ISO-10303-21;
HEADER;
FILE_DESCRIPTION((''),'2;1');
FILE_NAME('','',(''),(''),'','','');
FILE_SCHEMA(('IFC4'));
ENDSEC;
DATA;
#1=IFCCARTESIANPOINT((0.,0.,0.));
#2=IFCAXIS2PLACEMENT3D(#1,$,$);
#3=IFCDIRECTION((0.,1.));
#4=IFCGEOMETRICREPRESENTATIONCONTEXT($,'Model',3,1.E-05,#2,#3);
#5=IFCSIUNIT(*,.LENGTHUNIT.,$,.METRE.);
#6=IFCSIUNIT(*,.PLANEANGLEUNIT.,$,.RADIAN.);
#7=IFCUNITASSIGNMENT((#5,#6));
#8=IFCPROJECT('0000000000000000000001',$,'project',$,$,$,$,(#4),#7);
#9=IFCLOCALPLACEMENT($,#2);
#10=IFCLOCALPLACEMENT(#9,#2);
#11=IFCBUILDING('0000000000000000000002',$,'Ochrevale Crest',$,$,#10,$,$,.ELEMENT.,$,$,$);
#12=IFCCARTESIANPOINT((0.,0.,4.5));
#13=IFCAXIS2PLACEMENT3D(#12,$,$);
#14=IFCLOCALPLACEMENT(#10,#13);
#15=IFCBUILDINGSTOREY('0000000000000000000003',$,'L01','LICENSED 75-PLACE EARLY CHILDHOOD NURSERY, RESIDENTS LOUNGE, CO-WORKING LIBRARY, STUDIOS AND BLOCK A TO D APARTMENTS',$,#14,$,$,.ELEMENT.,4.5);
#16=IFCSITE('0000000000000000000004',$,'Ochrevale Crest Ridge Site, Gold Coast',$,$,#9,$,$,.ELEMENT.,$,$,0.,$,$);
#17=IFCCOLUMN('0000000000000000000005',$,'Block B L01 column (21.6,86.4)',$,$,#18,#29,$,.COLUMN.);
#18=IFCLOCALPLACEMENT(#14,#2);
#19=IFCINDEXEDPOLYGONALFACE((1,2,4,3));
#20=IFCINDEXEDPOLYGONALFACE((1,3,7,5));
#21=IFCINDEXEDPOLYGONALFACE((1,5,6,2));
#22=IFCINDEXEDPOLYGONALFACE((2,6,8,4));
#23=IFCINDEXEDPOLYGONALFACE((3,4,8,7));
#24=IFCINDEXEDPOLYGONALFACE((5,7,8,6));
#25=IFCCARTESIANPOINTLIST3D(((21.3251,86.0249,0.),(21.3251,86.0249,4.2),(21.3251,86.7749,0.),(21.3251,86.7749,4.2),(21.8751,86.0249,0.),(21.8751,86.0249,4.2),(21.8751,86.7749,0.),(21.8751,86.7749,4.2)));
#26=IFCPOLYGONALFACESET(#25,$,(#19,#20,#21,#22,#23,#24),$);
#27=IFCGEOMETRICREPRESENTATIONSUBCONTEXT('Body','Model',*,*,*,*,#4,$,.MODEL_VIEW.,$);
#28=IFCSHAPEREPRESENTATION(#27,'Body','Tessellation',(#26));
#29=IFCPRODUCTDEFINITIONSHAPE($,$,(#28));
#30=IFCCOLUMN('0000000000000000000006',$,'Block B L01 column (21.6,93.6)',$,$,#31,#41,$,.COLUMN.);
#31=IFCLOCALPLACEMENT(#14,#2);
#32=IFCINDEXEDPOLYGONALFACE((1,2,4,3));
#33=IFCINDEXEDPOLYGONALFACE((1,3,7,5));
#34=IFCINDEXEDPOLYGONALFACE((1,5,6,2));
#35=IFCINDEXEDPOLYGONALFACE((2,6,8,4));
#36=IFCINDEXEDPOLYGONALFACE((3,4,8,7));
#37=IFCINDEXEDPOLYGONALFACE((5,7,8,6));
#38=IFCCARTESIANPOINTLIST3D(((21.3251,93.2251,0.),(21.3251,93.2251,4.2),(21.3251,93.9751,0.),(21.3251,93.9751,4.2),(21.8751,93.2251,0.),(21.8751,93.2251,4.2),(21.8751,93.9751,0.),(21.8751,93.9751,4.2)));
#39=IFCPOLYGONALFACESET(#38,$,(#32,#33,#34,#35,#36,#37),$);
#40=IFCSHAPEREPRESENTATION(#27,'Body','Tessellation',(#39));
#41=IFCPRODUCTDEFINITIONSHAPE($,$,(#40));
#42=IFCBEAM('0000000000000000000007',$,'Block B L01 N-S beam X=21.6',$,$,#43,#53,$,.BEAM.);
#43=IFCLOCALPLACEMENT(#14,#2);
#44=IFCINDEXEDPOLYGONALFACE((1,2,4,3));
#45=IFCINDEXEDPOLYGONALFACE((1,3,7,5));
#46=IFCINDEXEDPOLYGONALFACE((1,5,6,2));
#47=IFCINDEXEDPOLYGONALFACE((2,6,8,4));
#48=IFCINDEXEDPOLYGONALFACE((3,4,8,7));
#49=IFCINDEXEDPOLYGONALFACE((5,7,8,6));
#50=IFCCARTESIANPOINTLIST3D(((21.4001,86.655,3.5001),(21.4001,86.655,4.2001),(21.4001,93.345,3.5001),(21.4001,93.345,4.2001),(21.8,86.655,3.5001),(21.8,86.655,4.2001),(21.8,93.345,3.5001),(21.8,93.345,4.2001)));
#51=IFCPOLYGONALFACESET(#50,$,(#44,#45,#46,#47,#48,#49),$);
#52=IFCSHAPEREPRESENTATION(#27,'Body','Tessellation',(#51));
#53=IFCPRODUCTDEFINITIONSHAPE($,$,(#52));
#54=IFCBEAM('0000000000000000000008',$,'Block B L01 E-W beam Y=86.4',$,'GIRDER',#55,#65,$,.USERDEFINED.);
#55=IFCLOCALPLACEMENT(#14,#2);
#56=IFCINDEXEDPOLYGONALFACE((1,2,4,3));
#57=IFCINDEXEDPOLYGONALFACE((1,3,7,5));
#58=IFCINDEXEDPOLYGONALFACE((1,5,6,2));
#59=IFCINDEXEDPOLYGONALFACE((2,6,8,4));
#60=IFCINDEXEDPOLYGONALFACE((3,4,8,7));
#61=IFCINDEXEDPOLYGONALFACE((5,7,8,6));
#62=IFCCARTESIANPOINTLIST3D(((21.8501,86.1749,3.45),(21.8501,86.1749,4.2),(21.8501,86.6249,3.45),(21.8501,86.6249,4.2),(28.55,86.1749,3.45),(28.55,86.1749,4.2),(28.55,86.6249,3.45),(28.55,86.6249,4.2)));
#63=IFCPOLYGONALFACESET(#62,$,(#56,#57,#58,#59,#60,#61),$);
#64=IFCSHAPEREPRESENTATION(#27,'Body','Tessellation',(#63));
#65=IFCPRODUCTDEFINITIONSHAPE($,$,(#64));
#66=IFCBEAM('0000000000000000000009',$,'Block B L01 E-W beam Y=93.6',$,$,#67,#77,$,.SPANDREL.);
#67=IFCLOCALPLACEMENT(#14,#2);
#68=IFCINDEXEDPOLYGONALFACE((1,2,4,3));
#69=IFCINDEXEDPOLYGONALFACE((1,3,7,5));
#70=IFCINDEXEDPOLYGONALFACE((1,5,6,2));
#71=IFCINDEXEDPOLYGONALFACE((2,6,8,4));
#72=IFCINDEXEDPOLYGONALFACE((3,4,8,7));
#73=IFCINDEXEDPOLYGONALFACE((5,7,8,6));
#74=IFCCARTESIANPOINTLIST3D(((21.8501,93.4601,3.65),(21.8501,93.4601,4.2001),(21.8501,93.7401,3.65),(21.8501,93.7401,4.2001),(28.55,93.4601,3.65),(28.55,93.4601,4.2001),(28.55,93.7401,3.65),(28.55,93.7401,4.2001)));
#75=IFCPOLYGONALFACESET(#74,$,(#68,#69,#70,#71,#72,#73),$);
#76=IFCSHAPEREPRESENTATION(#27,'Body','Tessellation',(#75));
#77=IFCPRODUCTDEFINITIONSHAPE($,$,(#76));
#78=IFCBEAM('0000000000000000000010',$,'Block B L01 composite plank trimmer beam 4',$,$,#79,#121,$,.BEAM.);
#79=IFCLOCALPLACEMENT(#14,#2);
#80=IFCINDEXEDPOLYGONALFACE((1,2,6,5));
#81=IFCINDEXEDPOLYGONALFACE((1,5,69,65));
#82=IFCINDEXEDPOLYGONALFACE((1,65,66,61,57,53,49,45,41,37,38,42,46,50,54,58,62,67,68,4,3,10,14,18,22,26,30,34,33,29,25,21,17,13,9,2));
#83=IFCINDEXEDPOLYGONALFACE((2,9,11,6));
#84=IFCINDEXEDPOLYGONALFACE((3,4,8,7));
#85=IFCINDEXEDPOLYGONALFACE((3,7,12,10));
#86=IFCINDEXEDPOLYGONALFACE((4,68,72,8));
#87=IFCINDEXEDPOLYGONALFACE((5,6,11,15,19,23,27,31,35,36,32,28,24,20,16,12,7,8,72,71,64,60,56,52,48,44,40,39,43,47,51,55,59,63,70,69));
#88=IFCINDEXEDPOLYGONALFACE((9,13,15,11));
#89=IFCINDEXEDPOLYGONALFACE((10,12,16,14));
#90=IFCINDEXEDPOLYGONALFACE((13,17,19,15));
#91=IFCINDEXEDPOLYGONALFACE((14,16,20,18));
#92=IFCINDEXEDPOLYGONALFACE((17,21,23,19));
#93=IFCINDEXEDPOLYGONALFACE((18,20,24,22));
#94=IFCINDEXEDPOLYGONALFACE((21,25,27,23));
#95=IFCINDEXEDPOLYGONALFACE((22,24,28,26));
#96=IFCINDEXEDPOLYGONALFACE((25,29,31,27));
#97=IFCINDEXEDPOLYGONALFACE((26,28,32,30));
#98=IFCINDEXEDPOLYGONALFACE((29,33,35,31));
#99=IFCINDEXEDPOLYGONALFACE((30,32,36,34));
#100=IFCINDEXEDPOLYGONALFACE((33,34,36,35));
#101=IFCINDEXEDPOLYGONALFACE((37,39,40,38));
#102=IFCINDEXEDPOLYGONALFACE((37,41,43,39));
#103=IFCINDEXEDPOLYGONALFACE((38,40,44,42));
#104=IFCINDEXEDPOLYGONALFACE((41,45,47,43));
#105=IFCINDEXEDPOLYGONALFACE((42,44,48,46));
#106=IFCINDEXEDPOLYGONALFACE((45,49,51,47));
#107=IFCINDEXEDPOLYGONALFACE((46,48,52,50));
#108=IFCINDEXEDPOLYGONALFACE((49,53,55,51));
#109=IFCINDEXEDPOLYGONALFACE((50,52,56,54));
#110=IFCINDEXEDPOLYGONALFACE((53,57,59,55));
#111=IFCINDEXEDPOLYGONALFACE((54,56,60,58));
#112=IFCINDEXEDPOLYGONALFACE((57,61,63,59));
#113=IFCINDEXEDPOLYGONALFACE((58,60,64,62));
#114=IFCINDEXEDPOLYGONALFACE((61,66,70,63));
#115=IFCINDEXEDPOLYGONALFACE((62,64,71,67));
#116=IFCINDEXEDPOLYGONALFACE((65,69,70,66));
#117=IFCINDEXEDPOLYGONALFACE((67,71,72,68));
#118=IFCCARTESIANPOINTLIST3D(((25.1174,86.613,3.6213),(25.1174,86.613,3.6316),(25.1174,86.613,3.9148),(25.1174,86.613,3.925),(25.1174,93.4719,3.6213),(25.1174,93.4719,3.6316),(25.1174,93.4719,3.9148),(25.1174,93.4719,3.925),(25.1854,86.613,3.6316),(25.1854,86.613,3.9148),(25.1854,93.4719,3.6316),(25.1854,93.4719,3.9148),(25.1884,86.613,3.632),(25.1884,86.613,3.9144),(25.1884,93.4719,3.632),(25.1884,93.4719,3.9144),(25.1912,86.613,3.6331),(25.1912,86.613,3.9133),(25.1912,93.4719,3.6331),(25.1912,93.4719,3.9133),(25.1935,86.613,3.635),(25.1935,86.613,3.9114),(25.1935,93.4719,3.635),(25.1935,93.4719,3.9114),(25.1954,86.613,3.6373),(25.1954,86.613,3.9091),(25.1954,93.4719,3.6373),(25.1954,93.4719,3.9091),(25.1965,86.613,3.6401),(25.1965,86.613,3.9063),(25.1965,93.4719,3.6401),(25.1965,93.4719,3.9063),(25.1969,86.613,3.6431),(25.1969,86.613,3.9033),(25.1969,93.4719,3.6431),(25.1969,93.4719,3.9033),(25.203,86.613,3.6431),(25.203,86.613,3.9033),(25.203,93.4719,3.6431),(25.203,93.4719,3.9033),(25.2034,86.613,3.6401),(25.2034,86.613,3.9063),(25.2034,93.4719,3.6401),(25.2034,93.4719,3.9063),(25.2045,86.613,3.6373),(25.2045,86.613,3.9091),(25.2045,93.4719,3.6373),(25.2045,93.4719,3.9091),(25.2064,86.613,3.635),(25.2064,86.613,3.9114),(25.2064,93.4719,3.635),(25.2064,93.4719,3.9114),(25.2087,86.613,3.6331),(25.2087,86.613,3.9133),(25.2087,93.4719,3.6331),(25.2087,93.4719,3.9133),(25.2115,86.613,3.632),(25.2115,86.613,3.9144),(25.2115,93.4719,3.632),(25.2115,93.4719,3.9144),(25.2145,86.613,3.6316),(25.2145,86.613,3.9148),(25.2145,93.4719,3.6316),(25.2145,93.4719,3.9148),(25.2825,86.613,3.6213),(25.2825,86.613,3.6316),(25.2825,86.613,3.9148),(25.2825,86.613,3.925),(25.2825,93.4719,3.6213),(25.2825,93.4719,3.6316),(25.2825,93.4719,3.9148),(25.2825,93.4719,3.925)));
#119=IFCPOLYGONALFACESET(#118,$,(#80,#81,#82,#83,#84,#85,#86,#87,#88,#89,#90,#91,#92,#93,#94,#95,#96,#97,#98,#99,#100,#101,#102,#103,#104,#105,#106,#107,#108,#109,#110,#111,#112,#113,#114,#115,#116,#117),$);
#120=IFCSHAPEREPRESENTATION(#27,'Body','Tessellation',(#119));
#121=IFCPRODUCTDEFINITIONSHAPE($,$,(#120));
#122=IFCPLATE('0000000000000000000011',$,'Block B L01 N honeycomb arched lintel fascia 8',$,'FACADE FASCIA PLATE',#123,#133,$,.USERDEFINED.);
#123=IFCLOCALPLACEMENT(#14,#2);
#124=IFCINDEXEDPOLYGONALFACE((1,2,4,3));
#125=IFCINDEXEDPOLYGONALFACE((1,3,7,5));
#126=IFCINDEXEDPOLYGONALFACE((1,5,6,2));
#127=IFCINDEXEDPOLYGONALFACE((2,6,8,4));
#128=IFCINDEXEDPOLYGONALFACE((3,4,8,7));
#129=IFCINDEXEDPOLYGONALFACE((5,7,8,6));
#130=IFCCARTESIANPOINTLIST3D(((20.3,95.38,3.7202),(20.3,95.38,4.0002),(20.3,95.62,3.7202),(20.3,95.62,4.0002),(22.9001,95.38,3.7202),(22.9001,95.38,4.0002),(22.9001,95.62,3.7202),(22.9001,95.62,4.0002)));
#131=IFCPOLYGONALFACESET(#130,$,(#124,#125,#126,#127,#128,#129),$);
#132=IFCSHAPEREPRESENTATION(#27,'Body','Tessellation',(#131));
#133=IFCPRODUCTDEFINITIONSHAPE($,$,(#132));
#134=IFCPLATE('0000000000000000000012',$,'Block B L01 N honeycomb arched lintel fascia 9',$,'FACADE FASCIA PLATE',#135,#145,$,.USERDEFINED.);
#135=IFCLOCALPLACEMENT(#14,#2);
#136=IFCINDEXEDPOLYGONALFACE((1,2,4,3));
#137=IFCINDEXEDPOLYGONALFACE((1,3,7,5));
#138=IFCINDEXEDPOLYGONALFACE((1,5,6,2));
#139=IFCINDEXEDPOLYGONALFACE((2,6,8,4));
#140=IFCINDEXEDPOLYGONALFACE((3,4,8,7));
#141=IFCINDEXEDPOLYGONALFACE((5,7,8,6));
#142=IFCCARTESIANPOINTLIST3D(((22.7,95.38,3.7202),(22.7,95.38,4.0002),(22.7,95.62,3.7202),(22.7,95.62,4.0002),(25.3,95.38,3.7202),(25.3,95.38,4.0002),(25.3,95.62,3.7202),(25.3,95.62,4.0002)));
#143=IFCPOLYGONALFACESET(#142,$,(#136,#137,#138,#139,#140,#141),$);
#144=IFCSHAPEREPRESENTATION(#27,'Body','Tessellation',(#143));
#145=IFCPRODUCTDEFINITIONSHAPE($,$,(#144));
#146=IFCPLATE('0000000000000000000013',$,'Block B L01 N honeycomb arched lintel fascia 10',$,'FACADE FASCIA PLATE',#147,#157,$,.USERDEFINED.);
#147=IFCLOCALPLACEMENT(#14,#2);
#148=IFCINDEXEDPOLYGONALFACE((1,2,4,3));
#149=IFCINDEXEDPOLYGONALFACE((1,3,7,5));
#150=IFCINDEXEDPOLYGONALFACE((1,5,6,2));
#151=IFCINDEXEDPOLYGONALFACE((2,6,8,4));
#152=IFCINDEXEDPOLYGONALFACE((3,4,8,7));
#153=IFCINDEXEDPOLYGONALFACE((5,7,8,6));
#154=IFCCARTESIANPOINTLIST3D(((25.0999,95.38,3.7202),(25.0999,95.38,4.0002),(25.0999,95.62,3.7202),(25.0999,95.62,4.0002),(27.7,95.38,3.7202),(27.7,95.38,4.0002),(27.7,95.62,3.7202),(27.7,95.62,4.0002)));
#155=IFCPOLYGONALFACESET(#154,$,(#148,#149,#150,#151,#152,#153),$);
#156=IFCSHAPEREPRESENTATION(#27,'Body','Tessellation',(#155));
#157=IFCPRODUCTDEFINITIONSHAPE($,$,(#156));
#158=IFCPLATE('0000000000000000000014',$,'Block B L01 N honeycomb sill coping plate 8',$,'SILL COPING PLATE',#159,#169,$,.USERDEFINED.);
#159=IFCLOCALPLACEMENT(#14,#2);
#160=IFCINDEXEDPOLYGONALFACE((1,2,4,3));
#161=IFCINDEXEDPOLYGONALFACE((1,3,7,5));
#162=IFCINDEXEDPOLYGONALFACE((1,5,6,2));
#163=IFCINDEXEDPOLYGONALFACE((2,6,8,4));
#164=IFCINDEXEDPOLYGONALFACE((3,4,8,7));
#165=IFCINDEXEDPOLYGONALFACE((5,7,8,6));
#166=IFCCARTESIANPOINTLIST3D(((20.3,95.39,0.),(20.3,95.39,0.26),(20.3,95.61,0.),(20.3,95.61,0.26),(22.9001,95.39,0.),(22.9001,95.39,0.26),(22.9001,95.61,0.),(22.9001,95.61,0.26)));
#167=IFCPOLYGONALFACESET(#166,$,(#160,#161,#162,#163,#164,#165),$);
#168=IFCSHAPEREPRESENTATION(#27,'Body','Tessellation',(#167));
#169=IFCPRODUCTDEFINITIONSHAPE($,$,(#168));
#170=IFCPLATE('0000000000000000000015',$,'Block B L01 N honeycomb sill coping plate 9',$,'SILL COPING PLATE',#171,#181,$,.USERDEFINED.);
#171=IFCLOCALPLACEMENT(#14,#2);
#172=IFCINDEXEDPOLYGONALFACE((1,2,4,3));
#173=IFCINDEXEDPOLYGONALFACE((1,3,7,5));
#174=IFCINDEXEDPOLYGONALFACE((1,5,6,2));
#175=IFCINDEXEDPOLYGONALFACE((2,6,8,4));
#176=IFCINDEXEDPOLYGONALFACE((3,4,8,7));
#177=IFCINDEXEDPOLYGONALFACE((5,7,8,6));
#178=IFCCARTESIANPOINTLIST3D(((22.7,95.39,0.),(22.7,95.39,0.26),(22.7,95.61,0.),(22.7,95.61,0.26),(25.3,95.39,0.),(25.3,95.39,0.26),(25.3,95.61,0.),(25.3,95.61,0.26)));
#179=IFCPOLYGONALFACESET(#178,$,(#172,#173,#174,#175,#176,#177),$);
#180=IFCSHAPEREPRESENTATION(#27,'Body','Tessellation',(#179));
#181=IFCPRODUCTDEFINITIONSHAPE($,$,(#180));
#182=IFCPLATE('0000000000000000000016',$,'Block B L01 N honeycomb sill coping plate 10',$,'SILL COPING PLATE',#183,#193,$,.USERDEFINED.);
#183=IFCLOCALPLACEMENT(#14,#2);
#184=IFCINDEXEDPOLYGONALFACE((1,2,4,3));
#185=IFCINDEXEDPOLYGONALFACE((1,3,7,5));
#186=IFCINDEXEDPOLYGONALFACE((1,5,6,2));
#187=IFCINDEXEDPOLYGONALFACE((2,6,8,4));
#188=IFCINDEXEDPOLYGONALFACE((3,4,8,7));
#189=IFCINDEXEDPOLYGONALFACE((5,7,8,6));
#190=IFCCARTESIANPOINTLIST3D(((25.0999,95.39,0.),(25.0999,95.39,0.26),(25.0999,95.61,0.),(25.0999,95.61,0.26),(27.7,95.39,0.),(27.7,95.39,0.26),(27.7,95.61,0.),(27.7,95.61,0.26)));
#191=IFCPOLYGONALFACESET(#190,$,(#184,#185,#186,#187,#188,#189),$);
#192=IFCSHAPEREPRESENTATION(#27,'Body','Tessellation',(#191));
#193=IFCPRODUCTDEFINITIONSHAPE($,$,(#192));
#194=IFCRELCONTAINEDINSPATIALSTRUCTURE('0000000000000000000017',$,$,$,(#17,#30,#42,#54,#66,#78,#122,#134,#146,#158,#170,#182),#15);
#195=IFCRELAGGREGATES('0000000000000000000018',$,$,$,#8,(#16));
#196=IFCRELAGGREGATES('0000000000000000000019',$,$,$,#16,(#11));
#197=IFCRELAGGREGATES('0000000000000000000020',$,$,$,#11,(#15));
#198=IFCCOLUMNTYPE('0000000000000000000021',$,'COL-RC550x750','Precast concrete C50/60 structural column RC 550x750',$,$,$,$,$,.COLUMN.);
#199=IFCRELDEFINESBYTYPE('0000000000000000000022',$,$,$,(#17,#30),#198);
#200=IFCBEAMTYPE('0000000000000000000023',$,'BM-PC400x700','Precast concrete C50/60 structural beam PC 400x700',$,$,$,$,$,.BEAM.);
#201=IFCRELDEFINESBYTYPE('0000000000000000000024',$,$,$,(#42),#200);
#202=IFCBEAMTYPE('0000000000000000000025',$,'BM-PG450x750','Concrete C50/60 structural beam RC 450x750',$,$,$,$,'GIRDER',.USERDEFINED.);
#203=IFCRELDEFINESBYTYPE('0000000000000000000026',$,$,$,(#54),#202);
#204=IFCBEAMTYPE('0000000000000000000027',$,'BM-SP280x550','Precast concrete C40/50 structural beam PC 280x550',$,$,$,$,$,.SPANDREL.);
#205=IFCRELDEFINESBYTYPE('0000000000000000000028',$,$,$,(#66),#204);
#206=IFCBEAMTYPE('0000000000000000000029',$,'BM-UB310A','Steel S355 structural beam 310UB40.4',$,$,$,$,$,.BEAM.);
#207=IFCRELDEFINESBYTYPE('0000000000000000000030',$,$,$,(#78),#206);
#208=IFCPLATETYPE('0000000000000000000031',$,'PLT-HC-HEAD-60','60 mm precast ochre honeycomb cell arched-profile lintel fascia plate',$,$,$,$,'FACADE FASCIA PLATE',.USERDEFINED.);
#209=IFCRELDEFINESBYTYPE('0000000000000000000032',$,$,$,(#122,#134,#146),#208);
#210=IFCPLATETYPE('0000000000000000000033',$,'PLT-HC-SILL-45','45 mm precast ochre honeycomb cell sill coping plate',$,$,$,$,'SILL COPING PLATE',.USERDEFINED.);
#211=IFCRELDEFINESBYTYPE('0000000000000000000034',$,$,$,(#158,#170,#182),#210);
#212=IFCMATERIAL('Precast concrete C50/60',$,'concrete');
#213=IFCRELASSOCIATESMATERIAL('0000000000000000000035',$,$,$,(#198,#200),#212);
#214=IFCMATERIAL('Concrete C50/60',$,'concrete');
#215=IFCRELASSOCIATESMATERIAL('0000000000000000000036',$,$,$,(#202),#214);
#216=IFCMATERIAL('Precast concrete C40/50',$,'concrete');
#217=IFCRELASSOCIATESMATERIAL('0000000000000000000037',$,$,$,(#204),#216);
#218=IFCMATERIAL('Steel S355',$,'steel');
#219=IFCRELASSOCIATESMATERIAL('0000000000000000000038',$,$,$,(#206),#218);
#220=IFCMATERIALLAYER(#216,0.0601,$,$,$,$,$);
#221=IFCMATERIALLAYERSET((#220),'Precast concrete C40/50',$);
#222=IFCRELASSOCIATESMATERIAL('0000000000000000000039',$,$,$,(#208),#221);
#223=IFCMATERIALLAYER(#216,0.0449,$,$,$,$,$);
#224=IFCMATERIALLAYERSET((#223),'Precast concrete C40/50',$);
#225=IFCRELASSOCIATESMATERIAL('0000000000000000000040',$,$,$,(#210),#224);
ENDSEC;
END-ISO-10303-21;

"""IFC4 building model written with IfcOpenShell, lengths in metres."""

from ifc_helpers import new_model, si_unit, direction, frame, origin, origin_2d, place, context, subcontext, project, spatial, rectangle, i_section, extrude, material, layer, layer_set, material_profile, profile_set, type_object, element, save


model = new_model("IFC4")

# Units and contexts
model_context = context("Model", 3, precision=1e-05, world=origin(), true_north=direction((0.0, 1.0)))
body_context = subcontext(model_context, "Body", "Model", "MODEL_VIEW")
ifc_project = project(units=[si_unit("LENGTHUNIT", "METRE"), si_unit("PLANEANGLEUNIT", "RADIAN")], contexts=[model_context])

# Site, building, storey
site_placement = place(None, origin())
site = spatial("IfcSite", under=ifc_project, at=site_placement, Name="Ochrevale Crest Ridge Site, Gold Coast", CompositionType="ELEMENT", RefElevation=0.0)
building_placement = place(site_placement, origin())
building = spatial("IfcBuilding", under=site, at=building_placement, Name="Ochrevale Crest", CompositionType="ELEMENT")
storey_placement = place(building_placement, frame((0.0, 0.0, 4.5)))
storey = spatial("IfcBuildingStorey", under=building, at=storey_placement, Name="L01", Description="LICENSED 75-PLACE EARLY CHILDHOOD NURSERY, RESIDENTS LOUNGE, CO-WORKING LIBRARY, STUDIOS AND BLOCK A TO D APARTMENTS", CompositionType="ELEMENT", Elevation=4.5)

# Columns
ifc_material_1 = material(Name="Precast concrete C50/60", Category="concrete")
ifc_material_profile_1 = material_profile(ifc_material_1, rectangle(XDim=0.55, YDim=0.75, at=origin_2d()), Name="RC 550x750")
ifc_profile_set_1 = profile_set([ifc_material_profile_1], Name="Precast concrete C50/60")
column_type = type_object("IfcColumnType", Name="COL-RC550x750", Description="Precast concrete C50/60 structural column RC 550x750", PredefinedType="COLUMN", material=ifc_profile_set_1)
for number, where, z_axis, x_axis, name in (
    (1, (21.6001, 86.3999, 0.0), (0.0, 0.0, 1.0), (1.0, 0.0, 0.0), "Block B L01 column (21.6,86.4)"),
    (2, (21.6001, 93.6001, 0.0), (0.0, 0.0, 1.0), (1.0, 0.0, 0.0), "Block B L01 column (21.6,93.6)"),
):
    element("IfcColumn", number, at=place(storey_placement, frame(where, z_axis=z_axis, x_axis=x_axis)), inside=storey, type_object=column_type, Name=name, PredefinedType="COLUMN", context=body_context, shape_type="SweptSolid", body=[
        extrude(rectangle(XDim=0.55, YDim=0.75, at=origin_2d()), origin(), (0.0, 0.0, 1.0), 4.2),
    ])

# Beams
ifc_material_profile_2 = material_profile(ifc_material_1, rectangle(XDim=0.3999, YDim=0.7, at=origin_2d()), Name="PC 400x700")
ifc_profile_set_2 = profile_set([ifc_material_profile_2], Name="Precast concrete C50/60")
beam_type_1 = type_object("IfcBeamType", Name="BM-PC400x700", Description="Precast concrete C50/60 structural beam PC 400x700", PredefinedType="BEAM", material=ifc_profile_set_2)
beam_1_placement = place(storey_placement, frame((21.6001, 86.655, 3.8501), z_axis=(0.0, 1.0, 0.0), x_axis=(-1.0, 0.0, 0.0)))
element("IfcBeam", 3, at=beam_1_placement, inside=storey, type_object=beam_type_1, Name="Block B L01 N-S beam X=21.6", PredefinedType="BEAM", context=body_context, shape_type="SweptSolid", body=[
    extrude(rectangle(XDim=0.3999, YDim=0.7, at=origin_2d()), origin(), (0.0, 0.0, 1.0), 6.6899),
])
ifc_material_2 = material(Name="Concrete C50/60", Category="concrete")
ifc_material_profile_3 = material_profile(ifc_material_2, rectangle(XDim=0.45, YDim=0.75, at=origin_2d()), Name="RC 450x750")
ifc_profile_set_3 = profile_set([ifc_material_profile_3], Name="Concrete C50/60")
beam_type_2 = type_object("IfcBeamType", Name="BM-PG450x750", Description="Concrete C50/60 structural beam RC 450x750", ElementType="GIRDER", PredefinedType="USERDEFINED", material=ifc_profile_set_3)
beam_2_placement = place(storey_placement, frame((21.8501, 86.3999, 3.825), z_axis=(1.0, 0.0, 0.0), x_axis=(0.0, 1.0, 0.0)))
element("IfcBeam", 4, at=beam_2_placement, inside=storey, type_object=beam_type_2, Name="Block B L01 E-W beam Y=86.4", ObjectType="GIRDER", PredefinedType="USERDEFINED", context=body_context, shape_type="SweptSolid", body=[
    extrude(rectangle(XDim=0.45, YDim=0.75, at=origin_2d()), origin(), (0.0, 0.0, 1.0), 6.7),
])
ifc_material_3 = material(Name="Precast concrete C40/50", Category="concrete")
ifc_material_profile_4 = material_profile(ifc_material_3, rectangle(XDim=0.28, YDim=0.55, at=origin_2d()), Name="PC 280x550")
ifc_profile_set_4 = profile_set([ifc_material_profile_4], Name="Precast concrete C40/50")
beam_type_3 = type_object("IfcBeamType", Name="BM-SP280x550", Description="Precast concrete C40/50 structural beam PC 280x550", PredefinedType="SPANDREL", material=ifc_profile_set_4)
beam_3_placement = place(storey_placement, frame((21.8501, 93.6001, 3.925), z_axis=(1.0, 0.0, 0.0), x_axis=(0.0, 1.0, 0.0)))
element("IfcBeam", 5, at=beam_3_placement, inside=storey, type_object=beam_type_3, Name="Block B L01 E-W beam Y=93.6", PredefinedType="SPANDREL", context=body_context, shape_type="SweptSolid", body=[
    extrude(rectangle(XDim=0.28, YDim=0.55, at=origin_2d()), origin(), (0.0, 0.0, 1.0), 6.7),
])
ifc_material_4 = material(Name="Steel S355", Category="steel")
ifc_material_profile_5 = material_profile(ifc_material_4, i_section(OverallWidth=0.165, OverallDepth=0.3037, WebThickness=0.0061, FlangeThickness=0.0103, FilletRadius=0.0115, at=origin_2d()), Name="310UB40.4")
ifc_profile_set_5 = profile_set([ifc_material_profile_5], Name="Steel S355")
beam_type_4 = type_object("IfcBeamType", Name="BM-UB310A", Description="Steel S355 structural beam 310UB40.4", PredefinedType="BEAM", material=ifc_profile_set_5)
beam_4_placement = place(storey_placement, frame((25.2, 86.613, 3.7732), z_axis=(0.0, 1.0, 0.0), x_axis=(-1.0, 0.0, 0.0)))
element("IfcBeam", 6, at=beam_4_placement, inside=storey, type_object=beam_type_4, Name="Block B L01 composite plank trimmer beam 4", PredefinedType="BEAM", context=body_context, shape_type="SweptSolid", body=[
    extrude(i_section(OverallWidth=0.165, OverallDepth=0.3037, WebThickness=0.0061, FlangeThickness=0.0103, FilletRadius=0.0115, at=origin_2d()), origin(), (0.0, 0.0, 1.0), 6.8589),
])

# Plates
ifc_layer_1 = layer(ifc_material_3, 0.0601)
ifc_layer_set_1 = layer_set([ifc_layer_1], Name="Precast concrete C40/50")
plate_type_1 = type_object("IfcPlateType", Name="PLT-HC-HEAD-60", Description="60 mm precast ochre honeycomb cell arched-profile lintel fascia plate", ElementType="FACADE FASCIA PLATE", PredefinedType="USERDEFINED", material=ifc_layer_set_1)
for number, where, z_axis, x_axis, name in (
    (7, (21.6001, 95.5, 3.7202), (0.0, 0.0, 1.0), (1.0, 0.0, 0.0), "Block B L01 N honeycomb arched lintel fascia 8"),
    (8, (24.0, 95.5, 3.7202), (0.0, 0.0, 1.0), (1.0, 0.0, 0.0), "Block B L01 N honeycomb arched lintel fascia 9"),
    (9, (26.3999, 95.5, 3.7202), (0.0, 0.0, 1.0), (1.0, 0.0, 0.0), "Block B L01 N honeycomb arched lintel fascia 10"),
):
    element("IfcPlate", number, at=place(storey_placement, frame(where, z_axis=z_axis, x_axis=x_axis)), inside=storey, type_object=plate_type_1, Name=name, ObjectType="FACADE FASCIA PLATE", PredefinedType="USERDEFINED", context=body_context, shape_type="SweptSolid", body=[
        extrude(rectangle(XDim=2.6001, YDim=0.24, at=origin_2d()), origin(), (0.0, 0.0, 1.0), 0.28),
    ])
ifc_layer_2 = layer(ifc_material_3, 0.0449)
ifc_layer_set_2 = layer_set([ifc_layer_2], Name="Precast concrete C40/50")
plate_type_2 = type_object("IfcPlateType", Name="PLT-HC-SILL-45", Description="45 mm precast ochre honeycomb cell sill coping plate", ElementType="SILL COPING PLATE", PredefinedType="USERDEFINED", material=ifc_layer_set_2)
for number, where, z_axis, x_axis, name in (
    (10, (21.6001, 95.5, 0.0), (0.0, 0.0, 1.0), (1.0, 0.0, 0.0), "Block B L01 N honeycomb sill coping plate 8"),
    (11, (24.0, 95.5, 0.0), (0.0, 0.0, 1.0), (1.0, 0.0, 0.0), "Block B L01 N honeycomb sill coping plate 9"),
    (12, (26.3999, 95.5, 0.0), (0.0, 0.0, 1.0), (1.0, 0.0, 0.0), "Block B L01 N honeycomb sill coping plate 10"),
):
    element("IfcPlate", number, at=place(storey_placement, frame(where, z_axis=z_axis, x_axis=x_axis)), inside=storey, type_object=plate_type_2, Name=name, ObjectType="SILL COPING PLATE", PredefinedType="USERDEFINED", context=body_context, shape_type="SweptSolid", body=[
        extrude(rectangle(XDim=2.6001, YDim=0.22, at=origin_2d()), origin(), (0.0, 0.0, 1.0), 0.26),
    ])

save(model, "model.ifc")
